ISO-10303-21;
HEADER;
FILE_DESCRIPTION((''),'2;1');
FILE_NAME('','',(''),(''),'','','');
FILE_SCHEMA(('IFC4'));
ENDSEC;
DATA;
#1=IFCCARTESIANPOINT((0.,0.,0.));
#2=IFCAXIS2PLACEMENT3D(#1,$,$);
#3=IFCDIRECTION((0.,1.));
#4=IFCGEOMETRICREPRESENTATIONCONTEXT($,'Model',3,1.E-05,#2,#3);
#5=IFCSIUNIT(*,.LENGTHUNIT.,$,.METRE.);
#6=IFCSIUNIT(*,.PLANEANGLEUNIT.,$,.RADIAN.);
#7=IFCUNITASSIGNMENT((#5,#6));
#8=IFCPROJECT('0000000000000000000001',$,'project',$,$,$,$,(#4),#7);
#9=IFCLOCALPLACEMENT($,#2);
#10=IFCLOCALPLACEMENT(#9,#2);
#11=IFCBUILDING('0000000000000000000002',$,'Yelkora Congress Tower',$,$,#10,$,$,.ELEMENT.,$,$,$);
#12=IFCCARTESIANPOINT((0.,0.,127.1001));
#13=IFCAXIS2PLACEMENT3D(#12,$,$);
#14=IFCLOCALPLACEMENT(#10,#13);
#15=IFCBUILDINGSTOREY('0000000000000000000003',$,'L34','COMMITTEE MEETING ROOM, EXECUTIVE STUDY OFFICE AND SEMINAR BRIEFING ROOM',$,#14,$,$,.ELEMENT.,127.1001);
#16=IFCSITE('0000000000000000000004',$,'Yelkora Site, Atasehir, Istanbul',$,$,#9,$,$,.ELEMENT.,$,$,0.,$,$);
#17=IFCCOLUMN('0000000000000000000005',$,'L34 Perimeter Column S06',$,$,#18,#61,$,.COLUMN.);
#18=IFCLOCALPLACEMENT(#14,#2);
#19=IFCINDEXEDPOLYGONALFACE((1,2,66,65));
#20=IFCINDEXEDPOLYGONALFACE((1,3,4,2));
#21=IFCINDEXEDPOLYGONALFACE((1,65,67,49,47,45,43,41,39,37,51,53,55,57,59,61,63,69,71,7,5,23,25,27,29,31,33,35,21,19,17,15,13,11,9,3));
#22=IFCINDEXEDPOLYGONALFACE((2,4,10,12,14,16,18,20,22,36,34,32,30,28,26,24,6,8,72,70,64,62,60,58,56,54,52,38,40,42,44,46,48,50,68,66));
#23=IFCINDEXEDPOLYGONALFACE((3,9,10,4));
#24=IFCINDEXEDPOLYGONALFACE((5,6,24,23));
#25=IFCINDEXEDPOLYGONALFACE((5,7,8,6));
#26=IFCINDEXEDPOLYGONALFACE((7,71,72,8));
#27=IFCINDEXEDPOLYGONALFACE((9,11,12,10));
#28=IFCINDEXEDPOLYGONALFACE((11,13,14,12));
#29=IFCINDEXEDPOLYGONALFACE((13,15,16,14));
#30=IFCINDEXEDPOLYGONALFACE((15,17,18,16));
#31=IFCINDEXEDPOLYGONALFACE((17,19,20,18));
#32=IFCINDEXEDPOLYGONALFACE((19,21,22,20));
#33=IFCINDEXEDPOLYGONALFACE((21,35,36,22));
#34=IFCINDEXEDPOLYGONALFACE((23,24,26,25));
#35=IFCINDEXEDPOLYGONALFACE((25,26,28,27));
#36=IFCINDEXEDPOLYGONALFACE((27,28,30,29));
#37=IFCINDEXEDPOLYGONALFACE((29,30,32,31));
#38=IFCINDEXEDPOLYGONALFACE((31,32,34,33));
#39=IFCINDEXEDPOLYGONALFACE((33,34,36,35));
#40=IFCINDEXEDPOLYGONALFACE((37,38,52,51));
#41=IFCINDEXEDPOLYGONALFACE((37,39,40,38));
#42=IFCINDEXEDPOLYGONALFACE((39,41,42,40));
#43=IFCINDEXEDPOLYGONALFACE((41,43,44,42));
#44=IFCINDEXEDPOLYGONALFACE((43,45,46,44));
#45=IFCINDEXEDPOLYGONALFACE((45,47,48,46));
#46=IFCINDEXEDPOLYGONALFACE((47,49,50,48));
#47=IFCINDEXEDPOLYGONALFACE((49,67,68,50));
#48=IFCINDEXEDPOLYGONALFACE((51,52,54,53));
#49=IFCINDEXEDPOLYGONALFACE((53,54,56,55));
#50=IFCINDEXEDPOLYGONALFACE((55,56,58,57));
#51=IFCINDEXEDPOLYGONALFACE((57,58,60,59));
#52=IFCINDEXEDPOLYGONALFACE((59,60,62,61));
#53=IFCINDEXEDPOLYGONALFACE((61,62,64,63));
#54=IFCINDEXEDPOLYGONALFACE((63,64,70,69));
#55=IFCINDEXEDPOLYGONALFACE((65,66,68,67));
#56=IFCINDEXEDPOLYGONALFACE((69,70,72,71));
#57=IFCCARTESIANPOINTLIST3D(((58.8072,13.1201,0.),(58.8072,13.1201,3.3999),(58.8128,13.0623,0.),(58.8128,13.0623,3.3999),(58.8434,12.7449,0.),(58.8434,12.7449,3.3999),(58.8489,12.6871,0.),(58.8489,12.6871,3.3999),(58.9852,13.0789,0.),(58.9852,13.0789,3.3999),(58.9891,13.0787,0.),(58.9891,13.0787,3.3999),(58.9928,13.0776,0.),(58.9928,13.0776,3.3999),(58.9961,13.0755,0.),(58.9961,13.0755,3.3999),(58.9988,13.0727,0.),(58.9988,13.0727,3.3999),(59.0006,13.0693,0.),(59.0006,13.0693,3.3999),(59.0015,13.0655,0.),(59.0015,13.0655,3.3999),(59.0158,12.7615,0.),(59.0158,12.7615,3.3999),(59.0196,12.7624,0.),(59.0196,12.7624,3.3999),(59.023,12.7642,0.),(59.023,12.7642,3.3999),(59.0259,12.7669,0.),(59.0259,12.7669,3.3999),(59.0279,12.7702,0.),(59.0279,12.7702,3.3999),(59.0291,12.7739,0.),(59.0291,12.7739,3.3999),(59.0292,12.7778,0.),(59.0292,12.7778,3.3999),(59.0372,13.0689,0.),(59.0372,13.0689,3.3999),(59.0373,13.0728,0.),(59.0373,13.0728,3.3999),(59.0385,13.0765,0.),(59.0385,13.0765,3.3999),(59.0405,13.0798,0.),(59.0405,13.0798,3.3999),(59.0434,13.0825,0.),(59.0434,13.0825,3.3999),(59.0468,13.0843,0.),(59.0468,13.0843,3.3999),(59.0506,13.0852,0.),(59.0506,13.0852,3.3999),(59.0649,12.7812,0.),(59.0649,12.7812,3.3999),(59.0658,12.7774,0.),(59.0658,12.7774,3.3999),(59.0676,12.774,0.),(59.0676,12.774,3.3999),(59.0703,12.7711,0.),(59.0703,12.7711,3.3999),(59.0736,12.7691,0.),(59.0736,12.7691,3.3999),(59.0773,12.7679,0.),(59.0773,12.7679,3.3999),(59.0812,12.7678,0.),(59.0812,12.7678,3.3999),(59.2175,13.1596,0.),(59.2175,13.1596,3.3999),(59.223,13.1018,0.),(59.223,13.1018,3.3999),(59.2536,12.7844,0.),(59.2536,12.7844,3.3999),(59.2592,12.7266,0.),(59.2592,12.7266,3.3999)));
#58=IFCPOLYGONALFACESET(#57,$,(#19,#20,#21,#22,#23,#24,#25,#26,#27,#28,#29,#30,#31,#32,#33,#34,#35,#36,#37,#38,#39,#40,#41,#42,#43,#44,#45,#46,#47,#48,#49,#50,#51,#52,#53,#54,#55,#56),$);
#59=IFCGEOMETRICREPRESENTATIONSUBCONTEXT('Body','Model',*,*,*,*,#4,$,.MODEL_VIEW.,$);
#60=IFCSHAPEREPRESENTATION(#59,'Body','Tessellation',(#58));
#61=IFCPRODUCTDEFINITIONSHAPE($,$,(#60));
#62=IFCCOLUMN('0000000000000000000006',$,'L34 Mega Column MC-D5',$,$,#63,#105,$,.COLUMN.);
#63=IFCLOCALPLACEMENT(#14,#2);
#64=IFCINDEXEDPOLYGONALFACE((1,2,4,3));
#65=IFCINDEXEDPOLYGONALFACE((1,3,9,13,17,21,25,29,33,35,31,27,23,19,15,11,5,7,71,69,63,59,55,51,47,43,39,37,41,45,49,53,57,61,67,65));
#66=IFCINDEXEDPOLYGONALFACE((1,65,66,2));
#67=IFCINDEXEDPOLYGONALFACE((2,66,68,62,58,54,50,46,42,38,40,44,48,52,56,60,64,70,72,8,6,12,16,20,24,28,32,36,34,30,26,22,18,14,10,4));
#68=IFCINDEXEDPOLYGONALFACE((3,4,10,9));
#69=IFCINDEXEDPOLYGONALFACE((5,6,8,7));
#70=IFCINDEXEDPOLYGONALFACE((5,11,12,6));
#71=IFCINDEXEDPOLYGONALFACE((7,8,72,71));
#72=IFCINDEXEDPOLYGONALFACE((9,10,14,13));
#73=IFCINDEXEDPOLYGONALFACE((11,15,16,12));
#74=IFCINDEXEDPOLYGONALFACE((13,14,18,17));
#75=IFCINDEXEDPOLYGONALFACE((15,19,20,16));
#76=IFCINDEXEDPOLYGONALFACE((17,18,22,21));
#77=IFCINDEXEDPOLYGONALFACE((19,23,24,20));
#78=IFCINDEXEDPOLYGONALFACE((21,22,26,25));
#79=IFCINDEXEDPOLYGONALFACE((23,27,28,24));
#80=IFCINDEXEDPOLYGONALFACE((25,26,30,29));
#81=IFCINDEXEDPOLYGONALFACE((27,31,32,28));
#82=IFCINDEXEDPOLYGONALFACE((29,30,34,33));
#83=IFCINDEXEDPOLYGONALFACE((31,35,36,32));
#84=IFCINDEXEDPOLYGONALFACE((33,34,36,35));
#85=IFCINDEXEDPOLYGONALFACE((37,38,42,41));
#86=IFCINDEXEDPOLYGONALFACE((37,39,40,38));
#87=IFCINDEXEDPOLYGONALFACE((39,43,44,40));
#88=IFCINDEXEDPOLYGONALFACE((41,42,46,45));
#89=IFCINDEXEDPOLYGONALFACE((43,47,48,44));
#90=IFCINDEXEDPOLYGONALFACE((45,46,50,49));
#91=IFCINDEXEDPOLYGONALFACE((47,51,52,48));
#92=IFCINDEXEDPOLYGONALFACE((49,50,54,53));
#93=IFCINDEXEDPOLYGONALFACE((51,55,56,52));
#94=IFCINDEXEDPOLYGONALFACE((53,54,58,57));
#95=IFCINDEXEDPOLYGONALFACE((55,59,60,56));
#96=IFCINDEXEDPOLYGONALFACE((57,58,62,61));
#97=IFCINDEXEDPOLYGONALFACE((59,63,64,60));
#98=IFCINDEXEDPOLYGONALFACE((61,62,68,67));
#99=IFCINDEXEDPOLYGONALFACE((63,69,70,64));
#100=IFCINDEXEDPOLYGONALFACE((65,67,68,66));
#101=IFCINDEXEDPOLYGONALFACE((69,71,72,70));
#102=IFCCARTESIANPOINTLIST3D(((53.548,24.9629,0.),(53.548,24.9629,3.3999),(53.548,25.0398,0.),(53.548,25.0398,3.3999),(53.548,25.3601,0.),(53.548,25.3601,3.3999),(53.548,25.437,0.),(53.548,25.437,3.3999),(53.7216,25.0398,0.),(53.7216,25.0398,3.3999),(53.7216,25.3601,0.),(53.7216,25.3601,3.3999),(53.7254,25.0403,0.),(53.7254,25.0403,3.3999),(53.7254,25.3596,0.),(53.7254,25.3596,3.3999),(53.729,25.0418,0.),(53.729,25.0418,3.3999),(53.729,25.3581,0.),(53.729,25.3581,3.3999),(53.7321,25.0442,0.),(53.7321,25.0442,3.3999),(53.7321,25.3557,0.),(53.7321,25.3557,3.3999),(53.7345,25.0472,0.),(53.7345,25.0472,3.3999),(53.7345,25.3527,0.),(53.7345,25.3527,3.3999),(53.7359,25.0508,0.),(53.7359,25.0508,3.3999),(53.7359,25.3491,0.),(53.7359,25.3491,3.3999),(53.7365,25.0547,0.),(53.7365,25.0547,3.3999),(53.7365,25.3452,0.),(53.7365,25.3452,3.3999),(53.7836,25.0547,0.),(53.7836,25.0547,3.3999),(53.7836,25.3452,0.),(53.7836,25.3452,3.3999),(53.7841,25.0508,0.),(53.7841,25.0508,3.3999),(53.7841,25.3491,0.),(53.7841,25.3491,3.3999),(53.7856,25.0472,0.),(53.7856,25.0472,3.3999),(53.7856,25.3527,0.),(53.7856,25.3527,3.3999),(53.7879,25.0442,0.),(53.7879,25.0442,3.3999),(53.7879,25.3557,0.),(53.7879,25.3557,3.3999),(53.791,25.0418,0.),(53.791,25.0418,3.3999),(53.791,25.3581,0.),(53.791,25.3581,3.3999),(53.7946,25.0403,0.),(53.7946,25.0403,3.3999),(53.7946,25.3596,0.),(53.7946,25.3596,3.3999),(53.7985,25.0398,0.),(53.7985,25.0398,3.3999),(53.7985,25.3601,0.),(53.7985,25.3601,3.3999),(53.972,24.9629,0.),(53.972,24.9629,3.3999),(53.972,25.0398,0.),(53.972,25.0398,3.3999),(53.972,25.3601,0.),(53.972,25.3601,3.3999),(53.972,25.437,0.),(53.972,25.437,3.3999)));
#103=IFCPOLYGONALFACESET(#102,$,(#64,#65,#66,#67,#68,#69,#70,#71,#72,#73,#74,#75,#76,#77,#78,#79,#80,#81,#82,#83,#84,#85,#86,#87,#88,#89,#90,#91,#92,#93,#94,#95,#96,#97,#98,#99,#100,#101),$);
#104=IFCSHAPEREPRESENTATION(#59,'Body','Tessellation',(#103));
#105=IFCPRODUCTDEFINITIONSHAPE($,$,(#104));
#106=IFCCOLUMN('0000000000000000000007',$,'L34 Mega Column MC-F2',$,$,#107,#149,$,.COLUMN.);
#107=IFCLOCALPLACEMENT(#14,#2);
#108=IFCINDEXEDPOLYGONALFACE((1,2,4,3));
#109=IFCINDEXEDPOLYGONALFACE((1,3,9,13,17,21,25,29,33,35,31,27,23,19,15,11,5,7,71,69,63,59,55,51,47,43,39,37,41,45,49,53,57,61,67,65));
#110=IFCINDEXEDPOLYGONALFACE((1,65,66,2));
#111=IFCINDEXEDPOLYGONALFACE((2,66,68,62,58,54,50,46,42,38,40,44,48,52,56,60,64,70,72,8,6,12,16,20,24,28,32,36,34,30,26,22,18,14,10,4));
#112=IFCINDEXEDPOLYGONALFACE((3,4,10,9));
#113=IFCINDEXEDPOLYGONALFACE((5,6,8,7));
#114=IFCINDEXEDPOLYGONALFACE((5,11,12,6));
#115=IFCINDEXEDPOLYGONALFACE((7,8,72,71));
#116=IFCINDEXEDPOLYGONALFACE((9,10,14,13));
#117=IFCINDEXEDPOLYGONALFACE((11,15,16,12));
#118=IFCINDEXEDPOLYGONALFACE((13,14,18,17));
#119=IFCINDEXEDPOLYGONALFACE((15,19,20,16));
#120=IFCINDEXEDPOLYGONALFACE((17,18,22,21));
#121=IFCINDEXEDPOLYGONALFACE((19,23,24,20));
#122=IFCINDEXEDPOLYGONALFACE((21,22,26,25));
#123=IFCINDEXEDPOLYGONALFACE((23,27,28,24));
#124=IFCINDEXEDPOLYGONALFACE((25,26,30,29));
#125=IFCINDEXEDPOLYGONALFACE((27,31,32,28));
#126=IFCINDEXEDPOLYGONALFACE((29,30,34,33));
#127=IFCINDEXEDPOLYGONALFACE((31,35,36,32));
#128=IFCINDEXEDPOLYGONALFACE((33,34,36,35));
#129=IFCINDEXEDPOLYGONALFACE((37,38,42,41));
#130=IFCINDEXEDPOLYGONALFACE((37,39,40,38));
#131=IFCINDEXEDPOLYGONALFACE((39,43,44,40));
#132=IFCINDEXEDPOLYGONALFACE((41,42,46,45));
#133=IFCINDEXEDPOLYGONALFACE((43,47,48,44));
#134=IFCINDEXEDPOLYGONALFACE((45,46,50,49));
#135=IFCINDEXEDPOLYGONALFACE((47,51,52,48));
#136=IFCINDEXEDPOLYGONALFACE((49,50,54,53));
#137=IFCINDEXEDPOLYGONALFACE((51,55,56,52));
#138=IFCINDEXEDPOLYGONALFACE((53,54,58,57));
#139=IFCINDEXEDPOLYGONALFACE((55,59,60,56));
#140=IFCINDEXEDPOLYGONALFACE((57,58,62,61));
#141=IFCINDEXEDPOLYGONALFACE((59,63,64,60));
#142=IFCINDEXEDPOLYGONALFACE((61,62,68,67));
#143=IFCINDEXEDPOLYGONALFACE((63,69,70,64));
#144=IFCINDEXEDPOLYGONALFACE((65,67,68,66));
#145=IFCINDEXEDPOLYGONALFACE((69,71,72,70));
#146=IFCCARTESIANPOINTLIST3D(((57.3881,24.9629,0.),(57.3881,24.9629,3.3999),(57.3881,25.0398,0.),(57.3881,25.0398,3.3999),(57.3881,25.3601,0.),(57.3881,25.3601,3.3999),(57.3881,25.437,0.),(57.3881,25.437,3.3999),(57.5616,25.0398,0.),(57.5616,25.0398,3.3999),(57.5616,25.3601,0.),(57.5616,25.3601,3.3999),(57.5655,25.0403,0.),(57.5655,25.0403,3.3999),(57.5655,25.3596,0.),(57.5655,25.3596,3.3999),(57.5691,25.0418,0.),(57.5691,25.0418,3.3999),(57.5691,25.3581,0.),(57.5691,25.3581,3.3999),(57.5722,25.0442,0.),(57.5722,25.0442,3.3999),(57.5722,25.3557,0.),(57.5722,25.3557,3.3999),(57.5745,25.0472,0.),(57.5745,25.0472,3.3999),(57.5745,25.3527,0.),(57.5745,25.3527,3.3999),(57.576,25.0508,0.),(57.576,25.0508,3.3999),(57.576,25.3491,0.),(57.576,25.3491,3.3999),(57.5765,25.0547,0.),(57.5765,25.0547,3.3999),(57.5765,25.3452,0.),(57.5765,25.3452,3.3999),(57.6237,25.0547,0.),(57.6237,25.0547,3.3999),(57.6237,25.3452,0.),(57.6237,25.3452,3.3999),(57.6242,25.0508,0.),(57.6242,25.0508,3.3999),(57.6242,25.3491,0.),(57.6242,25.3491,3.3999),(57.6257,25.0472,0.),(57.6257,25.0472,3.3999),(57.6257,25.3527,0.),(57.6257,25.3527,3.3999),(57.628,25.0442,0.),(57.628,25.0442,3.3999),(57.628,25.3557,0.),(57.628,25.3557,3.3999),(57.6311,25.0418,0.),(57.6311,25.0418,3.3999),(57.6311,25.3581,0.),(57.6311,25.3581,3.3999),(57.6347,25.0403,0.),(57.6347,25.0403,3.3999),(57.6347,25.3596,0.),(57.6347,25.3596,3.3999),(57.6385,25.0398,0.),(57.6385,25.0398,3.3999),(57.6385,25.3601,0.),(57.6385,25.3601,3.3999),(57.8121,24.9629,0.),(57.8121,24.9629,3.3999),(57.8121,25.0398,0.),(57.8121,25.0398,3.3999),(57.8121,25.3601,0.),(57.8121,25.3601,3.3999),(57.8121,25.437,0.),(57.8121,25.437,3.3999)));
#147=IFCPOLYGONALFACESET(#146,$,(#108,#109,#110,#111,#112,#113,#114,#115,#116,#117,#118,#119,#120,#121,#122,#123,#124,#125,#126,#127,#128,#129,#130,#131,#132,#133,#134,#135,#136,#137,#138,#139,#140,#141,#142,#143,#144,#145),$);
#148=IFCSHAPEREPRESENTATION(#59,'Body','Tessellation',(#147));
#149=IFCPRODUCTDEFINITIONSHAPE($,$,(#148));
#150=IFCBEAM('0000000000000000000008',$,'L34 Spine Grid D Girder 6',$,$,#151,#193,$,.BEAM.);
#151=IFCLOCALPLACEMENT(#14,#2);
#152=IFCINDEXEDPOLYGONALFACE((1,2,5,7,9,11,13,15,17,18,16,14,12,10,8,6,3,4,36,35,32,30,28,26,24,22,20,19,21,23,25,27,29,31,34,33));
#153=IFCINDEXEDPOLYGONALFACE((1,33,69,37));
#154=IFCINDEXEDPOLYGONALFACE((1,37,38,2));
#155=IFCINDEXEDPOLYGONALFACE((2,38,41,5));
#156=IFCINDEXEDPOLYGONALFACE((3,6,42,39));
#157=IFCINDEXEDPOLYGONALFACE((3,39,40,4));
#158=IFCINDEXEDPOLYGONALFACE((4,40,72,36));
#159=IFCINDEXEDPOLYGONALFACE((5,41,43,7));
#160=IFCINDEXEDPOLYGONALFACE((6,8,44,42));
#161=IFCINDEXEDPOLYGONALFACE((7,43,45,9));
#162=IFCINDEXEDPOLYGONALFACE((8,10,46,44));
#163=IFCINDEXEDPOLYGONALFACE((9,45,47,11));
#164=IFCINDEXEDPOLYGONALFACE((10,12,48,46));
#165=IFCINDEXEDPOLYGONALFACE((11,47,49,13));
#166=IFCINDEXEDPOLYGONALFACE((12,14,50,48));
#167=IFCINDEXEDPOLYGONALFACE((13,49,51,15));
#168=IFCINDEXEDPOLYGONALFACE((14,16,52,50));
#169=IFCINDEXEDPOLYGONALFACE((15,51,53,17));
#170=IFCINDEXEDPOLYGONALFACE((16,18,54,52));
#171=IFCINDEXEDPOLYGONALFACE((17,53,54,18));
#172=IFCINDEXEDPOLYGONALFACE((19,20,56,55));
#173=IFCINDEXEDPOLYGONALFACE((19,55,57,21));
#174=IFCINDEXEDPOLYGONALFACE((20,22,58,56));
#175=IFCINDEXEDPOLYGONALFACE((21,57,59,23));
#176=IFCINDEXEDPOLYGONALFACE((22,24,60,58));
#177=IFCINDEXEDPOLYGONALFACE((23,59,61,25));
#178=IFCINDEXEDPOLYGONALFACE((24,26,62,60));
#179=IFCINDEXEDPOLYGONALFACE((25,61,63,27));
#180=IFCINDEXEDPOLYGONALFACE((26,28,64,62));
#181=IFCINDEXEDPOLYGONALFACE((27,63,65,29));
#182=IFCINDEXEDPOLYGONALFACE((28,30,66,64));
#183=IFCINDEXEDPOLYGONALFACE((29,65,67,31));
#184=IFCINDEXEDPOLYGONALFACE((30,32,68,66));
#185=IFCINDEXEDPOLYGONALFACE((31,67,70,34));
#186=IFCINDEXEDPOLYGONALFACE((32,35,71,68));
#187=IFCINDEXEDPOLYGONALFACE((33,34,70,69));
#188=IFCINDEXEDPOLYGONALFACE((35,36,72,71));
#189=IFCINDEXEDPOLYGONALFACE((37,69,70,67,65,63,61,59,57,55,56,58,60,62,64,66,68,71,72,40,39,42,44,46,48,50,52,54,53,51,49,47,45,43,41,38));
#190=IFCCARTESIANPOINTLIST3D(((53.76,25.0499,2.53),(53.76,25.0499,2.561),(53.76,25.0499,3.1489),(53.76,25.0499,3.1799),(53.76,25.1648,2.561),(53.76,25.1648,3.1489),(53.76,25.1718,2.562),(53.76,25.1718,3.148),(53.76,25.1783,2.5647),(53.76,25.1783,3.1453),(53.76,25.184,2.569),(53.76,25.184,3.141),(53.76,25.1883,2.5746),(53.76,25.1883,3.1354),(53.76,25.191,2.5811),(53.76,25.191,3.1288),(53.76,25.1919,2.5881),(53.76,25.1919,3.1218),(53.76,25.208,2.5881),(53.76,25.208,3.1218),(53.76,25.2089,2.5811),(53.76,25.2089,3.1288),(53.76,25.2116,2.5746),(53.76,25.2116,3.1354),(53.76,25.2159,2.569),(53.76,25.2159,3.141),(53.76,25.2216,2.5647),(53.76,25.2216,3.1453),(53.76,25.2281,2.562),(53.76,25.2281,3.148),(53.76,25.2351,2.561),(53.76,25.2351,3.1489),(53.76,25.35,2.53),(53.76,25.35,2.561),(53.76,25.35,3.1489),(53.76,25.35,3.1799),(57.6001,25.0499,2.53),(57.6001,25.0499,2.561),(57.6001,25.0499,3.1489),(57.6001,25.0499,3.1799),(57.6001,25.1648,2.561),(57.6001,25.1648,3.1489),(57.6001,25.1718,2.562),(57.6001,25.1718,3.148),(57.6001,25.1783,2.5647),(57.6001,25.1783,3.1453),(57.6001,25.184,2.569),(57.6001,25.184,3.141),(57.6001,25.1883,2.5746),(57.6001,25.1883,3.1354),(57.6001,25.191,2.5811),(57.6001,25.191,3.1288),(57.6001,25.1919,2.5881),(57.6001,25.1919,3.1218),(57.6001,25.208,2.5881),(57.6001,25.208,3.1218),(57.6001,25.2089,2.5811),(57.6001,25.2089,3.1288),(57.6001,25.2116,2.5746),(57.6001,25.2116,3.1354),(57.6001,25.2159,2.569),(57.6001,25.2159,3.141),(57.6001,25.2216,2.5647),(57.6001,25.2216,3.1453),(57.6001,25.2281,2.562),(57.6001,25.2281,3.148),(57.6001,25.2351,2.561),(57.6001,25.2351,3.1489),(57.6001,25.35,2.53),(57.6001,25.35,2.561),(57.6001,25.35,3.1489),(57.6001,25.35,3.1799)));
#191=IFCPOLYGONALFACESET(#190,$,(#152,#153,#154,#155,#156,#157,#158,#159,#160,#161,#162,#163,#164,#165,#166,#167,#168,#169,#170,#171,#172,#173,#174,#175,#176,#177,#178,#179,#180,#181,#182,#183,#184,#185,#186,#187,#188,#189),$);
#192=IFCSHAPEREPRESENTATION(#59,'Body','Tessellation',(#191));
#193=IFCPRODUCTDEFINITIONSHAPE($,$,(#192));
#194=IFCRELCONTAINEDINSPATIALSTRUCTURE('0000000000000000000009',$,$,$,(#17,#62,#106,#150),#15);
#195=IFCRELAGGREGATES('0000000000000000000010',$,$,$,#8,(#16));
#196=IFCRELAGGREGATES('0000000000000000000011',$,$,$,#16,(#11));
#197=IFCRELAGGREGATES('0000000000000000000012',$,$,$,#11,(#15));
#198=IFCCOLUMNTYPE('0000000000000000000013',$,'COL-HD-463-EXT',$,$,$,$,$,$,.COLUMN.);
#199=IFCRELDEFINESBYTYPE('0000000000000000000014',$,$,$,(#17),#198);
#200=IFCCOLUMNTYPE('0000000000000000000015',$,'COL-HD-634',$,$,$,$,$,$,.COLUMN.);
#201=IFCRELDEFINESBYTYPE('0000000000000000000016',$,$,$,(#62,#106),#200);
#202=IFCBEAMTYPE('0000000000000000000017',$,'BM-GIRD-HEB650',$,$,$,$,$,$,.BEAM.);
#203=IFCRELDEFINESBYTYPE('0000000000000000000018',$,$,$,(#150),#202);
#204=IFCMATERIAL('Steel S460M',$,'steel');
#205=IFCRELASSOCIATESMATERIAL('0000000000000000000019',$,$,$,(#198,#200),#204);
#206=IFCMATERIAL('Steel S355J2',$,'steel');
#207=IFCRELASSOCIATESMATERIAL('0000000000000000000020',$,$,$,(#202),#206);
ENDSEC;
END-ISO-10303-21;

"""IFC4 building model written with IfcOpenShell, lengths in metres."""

from ifc_helpers import new_model, si_unit, direction, frame, origin, origin_2d, place, context, subcontext, project, spatial, i_section, extrude, material, material_profile, profile_set, type_object, element, save


model = new_model("IFC4")

# Units and contexts
model_context = context("Model", 3, precision=1e-05, world=origin(), true_north=direction((0.0, 1.0)))
body_context = subcontext(model_context, "Body", "Model", "MODEL_VIEW")
ifc_project = project(units=[si_unit("LENGTHUNIT", "METRE"), si_unit("PLANEANGLEUNIT", "RADIAN")], contexts=[model_context])

# Site, building, storey
site_placement = place(None, origin())
site = spatial("IfcSite", under=ifc_project, at=site_placement, Name="Yelkora Site, Atasehir, Istanbul", CompositionType="ELEMENT", RefElevation=0.0)
building_placement = place(site_placement, origin())
building = spatial("IfcBuilding", under=site, at=building_placement, Name="Yelkora Congress Tower", CompositionType="ELEMENT")
storey_placement = place(building_placement, frame((0.0, 0.0, 127.1001)))
storey = spatial("IfcBuildingStorey", under=building, at=storey_placement, Name="L34", Description="COMMITTEE MEETING ROOM, EXECUTIVE STUDY OFFICE AND SEMINAR BRIEFING ROOM", CompositionType="ELEMENT", Elevation=127.1001)

# Columns
ifc_material_1 = material(Name="Steel S460M", Category="steel")
ifc_material_profile_1 = material_profile(ifc_material_1, i_section(OverallWidth=0.4121, OverallDepth=0.4351, WebThickness=0.0359, FlangeThickness=0.0581, FilletRadius=0.0149, at=origin_2d()), Name="HD 400x463")
ifc_profile_set_1 = profile_set([ifc_material_profile_1], Name="Steel S460M")
column_type_1 = type_object("IfcColumnType", Name="COL-HD-463-EXT", PredefinedType="COLUMN", material=ifc_profile_set_1)
column_placement = place(storey_placement, frame((59.0332, 12.9233, 0.0), z_axis=(0.0, 0.0, 1.0), x_axis=(0.995396, 0.095846, 0.0)))
element("IfcColumn", 1, at=column_placement, inside=storey, type_object=column_type_1, Name="L34 Perimeter Column S06", PredefinedType="COLUMN", context=body_context, shape_type="SweptSolid", body=[
    extrude(i_section(OverallWidth=0.4121, OverallDepth=0.4351, WebThickness=0.0359, FlangeThickness=0.0581, FilletRadius=0.0149, at=origin_2d()), origin(), (0.0, 0.0, 1.0), 3.3999),
])
ifc_material_profile_2 = material_profile(ifc_material_1, i_section(OverallWidth=0.4241, OverallDepth=0.4741, WebThickness=0.0471, FlangeThickness=0.0769, FilletRadius=0.0149, at=origin_2d()), Name="HD 400x634")
ifc_profile_set_2 = profile_set([ifc_material_profile_2], Name="Steel S460M")
column_type_2 = type_object("IfcColumnType", Name="COL-HD-634", PredefinedType="COLUMN", material=ifc_profile_set_2)
for number, where, z_axis, x_axis, name in (
    (2, (53.76, 25.2, 0.0), (0.0, 0.0, 1.0), (1.0, 0.0, 0.0), "L34 Mega Column MC-D5"),
    (3, (57.6001, 25.2, 0.0), (0.0, 0.0, 1.0), (1.0, 0.0, 0.0), "L34 Mega Column MC-F2"),
):
    element("IfcColumn", number, at=place(storey_placement, frame(where, z_axis=z_axis, x_axis=x_axis)), inside=storey, type_object=column_type_2, Name=name, PredefinedType="COLUMN", context=body_context, shape_type="SweptSolid", body=[
        extrude(i_section(OverallWidth=0.4241, OverallDepth=0.4741, WebThickness=0.0471, FlangeThickness=0.0769, FilletRadius=0.0149, at=origin_2d()), origin(), (0.0, 0.0, 1.0), 3.3999),
    ])

# Beam
ifc_material_2 = material(Name="Steel S355J2", Category="steel")
ifc_material_profile_3 = material_profile(ifc_material_2, i_section(OverallWidth=0.3, OverallDepth=0.6499, WebThickness=0.0161, FlangeThickness=0.031, FilletRadius=0.0271, at=origin_2d()), Name="HEB 650")
ifc_profile_set_3 = profile_set([ifc_material_profile_3], Name="Steel S355J2")
beam_type_1 = type_object("IfcBeamType", Name="BM-GIRD-HEB650", PredefinedType="BEAM", material=ifc_profile_set_3)
beam_1_placement = place(storey_placement, frame((53.76, 25.2, 2.855), z_axis=(1.0, 0.0, 0.0), x_axis=(0.0, 1.0, 0.0)))
element("IfcBeam", 4, at=beam_1_placement, inside=storey, type_object=beam_type_1, Name="L34 Spine Grid D Girder 6", PredefinedType="BEAM", context=body_context, shape_type="SweptSolid", body=[
    extrude(i_section(OverallWidth=0.3, OverallDepth=0.6499, WebThickness=0.0161, FlangeThickness=0.031, FilletRadius=0.0271, at=origin_2d()), origin(), (0.0, 0.0, 1.0), 3.8401),
])

save(model, "model.ifc")
